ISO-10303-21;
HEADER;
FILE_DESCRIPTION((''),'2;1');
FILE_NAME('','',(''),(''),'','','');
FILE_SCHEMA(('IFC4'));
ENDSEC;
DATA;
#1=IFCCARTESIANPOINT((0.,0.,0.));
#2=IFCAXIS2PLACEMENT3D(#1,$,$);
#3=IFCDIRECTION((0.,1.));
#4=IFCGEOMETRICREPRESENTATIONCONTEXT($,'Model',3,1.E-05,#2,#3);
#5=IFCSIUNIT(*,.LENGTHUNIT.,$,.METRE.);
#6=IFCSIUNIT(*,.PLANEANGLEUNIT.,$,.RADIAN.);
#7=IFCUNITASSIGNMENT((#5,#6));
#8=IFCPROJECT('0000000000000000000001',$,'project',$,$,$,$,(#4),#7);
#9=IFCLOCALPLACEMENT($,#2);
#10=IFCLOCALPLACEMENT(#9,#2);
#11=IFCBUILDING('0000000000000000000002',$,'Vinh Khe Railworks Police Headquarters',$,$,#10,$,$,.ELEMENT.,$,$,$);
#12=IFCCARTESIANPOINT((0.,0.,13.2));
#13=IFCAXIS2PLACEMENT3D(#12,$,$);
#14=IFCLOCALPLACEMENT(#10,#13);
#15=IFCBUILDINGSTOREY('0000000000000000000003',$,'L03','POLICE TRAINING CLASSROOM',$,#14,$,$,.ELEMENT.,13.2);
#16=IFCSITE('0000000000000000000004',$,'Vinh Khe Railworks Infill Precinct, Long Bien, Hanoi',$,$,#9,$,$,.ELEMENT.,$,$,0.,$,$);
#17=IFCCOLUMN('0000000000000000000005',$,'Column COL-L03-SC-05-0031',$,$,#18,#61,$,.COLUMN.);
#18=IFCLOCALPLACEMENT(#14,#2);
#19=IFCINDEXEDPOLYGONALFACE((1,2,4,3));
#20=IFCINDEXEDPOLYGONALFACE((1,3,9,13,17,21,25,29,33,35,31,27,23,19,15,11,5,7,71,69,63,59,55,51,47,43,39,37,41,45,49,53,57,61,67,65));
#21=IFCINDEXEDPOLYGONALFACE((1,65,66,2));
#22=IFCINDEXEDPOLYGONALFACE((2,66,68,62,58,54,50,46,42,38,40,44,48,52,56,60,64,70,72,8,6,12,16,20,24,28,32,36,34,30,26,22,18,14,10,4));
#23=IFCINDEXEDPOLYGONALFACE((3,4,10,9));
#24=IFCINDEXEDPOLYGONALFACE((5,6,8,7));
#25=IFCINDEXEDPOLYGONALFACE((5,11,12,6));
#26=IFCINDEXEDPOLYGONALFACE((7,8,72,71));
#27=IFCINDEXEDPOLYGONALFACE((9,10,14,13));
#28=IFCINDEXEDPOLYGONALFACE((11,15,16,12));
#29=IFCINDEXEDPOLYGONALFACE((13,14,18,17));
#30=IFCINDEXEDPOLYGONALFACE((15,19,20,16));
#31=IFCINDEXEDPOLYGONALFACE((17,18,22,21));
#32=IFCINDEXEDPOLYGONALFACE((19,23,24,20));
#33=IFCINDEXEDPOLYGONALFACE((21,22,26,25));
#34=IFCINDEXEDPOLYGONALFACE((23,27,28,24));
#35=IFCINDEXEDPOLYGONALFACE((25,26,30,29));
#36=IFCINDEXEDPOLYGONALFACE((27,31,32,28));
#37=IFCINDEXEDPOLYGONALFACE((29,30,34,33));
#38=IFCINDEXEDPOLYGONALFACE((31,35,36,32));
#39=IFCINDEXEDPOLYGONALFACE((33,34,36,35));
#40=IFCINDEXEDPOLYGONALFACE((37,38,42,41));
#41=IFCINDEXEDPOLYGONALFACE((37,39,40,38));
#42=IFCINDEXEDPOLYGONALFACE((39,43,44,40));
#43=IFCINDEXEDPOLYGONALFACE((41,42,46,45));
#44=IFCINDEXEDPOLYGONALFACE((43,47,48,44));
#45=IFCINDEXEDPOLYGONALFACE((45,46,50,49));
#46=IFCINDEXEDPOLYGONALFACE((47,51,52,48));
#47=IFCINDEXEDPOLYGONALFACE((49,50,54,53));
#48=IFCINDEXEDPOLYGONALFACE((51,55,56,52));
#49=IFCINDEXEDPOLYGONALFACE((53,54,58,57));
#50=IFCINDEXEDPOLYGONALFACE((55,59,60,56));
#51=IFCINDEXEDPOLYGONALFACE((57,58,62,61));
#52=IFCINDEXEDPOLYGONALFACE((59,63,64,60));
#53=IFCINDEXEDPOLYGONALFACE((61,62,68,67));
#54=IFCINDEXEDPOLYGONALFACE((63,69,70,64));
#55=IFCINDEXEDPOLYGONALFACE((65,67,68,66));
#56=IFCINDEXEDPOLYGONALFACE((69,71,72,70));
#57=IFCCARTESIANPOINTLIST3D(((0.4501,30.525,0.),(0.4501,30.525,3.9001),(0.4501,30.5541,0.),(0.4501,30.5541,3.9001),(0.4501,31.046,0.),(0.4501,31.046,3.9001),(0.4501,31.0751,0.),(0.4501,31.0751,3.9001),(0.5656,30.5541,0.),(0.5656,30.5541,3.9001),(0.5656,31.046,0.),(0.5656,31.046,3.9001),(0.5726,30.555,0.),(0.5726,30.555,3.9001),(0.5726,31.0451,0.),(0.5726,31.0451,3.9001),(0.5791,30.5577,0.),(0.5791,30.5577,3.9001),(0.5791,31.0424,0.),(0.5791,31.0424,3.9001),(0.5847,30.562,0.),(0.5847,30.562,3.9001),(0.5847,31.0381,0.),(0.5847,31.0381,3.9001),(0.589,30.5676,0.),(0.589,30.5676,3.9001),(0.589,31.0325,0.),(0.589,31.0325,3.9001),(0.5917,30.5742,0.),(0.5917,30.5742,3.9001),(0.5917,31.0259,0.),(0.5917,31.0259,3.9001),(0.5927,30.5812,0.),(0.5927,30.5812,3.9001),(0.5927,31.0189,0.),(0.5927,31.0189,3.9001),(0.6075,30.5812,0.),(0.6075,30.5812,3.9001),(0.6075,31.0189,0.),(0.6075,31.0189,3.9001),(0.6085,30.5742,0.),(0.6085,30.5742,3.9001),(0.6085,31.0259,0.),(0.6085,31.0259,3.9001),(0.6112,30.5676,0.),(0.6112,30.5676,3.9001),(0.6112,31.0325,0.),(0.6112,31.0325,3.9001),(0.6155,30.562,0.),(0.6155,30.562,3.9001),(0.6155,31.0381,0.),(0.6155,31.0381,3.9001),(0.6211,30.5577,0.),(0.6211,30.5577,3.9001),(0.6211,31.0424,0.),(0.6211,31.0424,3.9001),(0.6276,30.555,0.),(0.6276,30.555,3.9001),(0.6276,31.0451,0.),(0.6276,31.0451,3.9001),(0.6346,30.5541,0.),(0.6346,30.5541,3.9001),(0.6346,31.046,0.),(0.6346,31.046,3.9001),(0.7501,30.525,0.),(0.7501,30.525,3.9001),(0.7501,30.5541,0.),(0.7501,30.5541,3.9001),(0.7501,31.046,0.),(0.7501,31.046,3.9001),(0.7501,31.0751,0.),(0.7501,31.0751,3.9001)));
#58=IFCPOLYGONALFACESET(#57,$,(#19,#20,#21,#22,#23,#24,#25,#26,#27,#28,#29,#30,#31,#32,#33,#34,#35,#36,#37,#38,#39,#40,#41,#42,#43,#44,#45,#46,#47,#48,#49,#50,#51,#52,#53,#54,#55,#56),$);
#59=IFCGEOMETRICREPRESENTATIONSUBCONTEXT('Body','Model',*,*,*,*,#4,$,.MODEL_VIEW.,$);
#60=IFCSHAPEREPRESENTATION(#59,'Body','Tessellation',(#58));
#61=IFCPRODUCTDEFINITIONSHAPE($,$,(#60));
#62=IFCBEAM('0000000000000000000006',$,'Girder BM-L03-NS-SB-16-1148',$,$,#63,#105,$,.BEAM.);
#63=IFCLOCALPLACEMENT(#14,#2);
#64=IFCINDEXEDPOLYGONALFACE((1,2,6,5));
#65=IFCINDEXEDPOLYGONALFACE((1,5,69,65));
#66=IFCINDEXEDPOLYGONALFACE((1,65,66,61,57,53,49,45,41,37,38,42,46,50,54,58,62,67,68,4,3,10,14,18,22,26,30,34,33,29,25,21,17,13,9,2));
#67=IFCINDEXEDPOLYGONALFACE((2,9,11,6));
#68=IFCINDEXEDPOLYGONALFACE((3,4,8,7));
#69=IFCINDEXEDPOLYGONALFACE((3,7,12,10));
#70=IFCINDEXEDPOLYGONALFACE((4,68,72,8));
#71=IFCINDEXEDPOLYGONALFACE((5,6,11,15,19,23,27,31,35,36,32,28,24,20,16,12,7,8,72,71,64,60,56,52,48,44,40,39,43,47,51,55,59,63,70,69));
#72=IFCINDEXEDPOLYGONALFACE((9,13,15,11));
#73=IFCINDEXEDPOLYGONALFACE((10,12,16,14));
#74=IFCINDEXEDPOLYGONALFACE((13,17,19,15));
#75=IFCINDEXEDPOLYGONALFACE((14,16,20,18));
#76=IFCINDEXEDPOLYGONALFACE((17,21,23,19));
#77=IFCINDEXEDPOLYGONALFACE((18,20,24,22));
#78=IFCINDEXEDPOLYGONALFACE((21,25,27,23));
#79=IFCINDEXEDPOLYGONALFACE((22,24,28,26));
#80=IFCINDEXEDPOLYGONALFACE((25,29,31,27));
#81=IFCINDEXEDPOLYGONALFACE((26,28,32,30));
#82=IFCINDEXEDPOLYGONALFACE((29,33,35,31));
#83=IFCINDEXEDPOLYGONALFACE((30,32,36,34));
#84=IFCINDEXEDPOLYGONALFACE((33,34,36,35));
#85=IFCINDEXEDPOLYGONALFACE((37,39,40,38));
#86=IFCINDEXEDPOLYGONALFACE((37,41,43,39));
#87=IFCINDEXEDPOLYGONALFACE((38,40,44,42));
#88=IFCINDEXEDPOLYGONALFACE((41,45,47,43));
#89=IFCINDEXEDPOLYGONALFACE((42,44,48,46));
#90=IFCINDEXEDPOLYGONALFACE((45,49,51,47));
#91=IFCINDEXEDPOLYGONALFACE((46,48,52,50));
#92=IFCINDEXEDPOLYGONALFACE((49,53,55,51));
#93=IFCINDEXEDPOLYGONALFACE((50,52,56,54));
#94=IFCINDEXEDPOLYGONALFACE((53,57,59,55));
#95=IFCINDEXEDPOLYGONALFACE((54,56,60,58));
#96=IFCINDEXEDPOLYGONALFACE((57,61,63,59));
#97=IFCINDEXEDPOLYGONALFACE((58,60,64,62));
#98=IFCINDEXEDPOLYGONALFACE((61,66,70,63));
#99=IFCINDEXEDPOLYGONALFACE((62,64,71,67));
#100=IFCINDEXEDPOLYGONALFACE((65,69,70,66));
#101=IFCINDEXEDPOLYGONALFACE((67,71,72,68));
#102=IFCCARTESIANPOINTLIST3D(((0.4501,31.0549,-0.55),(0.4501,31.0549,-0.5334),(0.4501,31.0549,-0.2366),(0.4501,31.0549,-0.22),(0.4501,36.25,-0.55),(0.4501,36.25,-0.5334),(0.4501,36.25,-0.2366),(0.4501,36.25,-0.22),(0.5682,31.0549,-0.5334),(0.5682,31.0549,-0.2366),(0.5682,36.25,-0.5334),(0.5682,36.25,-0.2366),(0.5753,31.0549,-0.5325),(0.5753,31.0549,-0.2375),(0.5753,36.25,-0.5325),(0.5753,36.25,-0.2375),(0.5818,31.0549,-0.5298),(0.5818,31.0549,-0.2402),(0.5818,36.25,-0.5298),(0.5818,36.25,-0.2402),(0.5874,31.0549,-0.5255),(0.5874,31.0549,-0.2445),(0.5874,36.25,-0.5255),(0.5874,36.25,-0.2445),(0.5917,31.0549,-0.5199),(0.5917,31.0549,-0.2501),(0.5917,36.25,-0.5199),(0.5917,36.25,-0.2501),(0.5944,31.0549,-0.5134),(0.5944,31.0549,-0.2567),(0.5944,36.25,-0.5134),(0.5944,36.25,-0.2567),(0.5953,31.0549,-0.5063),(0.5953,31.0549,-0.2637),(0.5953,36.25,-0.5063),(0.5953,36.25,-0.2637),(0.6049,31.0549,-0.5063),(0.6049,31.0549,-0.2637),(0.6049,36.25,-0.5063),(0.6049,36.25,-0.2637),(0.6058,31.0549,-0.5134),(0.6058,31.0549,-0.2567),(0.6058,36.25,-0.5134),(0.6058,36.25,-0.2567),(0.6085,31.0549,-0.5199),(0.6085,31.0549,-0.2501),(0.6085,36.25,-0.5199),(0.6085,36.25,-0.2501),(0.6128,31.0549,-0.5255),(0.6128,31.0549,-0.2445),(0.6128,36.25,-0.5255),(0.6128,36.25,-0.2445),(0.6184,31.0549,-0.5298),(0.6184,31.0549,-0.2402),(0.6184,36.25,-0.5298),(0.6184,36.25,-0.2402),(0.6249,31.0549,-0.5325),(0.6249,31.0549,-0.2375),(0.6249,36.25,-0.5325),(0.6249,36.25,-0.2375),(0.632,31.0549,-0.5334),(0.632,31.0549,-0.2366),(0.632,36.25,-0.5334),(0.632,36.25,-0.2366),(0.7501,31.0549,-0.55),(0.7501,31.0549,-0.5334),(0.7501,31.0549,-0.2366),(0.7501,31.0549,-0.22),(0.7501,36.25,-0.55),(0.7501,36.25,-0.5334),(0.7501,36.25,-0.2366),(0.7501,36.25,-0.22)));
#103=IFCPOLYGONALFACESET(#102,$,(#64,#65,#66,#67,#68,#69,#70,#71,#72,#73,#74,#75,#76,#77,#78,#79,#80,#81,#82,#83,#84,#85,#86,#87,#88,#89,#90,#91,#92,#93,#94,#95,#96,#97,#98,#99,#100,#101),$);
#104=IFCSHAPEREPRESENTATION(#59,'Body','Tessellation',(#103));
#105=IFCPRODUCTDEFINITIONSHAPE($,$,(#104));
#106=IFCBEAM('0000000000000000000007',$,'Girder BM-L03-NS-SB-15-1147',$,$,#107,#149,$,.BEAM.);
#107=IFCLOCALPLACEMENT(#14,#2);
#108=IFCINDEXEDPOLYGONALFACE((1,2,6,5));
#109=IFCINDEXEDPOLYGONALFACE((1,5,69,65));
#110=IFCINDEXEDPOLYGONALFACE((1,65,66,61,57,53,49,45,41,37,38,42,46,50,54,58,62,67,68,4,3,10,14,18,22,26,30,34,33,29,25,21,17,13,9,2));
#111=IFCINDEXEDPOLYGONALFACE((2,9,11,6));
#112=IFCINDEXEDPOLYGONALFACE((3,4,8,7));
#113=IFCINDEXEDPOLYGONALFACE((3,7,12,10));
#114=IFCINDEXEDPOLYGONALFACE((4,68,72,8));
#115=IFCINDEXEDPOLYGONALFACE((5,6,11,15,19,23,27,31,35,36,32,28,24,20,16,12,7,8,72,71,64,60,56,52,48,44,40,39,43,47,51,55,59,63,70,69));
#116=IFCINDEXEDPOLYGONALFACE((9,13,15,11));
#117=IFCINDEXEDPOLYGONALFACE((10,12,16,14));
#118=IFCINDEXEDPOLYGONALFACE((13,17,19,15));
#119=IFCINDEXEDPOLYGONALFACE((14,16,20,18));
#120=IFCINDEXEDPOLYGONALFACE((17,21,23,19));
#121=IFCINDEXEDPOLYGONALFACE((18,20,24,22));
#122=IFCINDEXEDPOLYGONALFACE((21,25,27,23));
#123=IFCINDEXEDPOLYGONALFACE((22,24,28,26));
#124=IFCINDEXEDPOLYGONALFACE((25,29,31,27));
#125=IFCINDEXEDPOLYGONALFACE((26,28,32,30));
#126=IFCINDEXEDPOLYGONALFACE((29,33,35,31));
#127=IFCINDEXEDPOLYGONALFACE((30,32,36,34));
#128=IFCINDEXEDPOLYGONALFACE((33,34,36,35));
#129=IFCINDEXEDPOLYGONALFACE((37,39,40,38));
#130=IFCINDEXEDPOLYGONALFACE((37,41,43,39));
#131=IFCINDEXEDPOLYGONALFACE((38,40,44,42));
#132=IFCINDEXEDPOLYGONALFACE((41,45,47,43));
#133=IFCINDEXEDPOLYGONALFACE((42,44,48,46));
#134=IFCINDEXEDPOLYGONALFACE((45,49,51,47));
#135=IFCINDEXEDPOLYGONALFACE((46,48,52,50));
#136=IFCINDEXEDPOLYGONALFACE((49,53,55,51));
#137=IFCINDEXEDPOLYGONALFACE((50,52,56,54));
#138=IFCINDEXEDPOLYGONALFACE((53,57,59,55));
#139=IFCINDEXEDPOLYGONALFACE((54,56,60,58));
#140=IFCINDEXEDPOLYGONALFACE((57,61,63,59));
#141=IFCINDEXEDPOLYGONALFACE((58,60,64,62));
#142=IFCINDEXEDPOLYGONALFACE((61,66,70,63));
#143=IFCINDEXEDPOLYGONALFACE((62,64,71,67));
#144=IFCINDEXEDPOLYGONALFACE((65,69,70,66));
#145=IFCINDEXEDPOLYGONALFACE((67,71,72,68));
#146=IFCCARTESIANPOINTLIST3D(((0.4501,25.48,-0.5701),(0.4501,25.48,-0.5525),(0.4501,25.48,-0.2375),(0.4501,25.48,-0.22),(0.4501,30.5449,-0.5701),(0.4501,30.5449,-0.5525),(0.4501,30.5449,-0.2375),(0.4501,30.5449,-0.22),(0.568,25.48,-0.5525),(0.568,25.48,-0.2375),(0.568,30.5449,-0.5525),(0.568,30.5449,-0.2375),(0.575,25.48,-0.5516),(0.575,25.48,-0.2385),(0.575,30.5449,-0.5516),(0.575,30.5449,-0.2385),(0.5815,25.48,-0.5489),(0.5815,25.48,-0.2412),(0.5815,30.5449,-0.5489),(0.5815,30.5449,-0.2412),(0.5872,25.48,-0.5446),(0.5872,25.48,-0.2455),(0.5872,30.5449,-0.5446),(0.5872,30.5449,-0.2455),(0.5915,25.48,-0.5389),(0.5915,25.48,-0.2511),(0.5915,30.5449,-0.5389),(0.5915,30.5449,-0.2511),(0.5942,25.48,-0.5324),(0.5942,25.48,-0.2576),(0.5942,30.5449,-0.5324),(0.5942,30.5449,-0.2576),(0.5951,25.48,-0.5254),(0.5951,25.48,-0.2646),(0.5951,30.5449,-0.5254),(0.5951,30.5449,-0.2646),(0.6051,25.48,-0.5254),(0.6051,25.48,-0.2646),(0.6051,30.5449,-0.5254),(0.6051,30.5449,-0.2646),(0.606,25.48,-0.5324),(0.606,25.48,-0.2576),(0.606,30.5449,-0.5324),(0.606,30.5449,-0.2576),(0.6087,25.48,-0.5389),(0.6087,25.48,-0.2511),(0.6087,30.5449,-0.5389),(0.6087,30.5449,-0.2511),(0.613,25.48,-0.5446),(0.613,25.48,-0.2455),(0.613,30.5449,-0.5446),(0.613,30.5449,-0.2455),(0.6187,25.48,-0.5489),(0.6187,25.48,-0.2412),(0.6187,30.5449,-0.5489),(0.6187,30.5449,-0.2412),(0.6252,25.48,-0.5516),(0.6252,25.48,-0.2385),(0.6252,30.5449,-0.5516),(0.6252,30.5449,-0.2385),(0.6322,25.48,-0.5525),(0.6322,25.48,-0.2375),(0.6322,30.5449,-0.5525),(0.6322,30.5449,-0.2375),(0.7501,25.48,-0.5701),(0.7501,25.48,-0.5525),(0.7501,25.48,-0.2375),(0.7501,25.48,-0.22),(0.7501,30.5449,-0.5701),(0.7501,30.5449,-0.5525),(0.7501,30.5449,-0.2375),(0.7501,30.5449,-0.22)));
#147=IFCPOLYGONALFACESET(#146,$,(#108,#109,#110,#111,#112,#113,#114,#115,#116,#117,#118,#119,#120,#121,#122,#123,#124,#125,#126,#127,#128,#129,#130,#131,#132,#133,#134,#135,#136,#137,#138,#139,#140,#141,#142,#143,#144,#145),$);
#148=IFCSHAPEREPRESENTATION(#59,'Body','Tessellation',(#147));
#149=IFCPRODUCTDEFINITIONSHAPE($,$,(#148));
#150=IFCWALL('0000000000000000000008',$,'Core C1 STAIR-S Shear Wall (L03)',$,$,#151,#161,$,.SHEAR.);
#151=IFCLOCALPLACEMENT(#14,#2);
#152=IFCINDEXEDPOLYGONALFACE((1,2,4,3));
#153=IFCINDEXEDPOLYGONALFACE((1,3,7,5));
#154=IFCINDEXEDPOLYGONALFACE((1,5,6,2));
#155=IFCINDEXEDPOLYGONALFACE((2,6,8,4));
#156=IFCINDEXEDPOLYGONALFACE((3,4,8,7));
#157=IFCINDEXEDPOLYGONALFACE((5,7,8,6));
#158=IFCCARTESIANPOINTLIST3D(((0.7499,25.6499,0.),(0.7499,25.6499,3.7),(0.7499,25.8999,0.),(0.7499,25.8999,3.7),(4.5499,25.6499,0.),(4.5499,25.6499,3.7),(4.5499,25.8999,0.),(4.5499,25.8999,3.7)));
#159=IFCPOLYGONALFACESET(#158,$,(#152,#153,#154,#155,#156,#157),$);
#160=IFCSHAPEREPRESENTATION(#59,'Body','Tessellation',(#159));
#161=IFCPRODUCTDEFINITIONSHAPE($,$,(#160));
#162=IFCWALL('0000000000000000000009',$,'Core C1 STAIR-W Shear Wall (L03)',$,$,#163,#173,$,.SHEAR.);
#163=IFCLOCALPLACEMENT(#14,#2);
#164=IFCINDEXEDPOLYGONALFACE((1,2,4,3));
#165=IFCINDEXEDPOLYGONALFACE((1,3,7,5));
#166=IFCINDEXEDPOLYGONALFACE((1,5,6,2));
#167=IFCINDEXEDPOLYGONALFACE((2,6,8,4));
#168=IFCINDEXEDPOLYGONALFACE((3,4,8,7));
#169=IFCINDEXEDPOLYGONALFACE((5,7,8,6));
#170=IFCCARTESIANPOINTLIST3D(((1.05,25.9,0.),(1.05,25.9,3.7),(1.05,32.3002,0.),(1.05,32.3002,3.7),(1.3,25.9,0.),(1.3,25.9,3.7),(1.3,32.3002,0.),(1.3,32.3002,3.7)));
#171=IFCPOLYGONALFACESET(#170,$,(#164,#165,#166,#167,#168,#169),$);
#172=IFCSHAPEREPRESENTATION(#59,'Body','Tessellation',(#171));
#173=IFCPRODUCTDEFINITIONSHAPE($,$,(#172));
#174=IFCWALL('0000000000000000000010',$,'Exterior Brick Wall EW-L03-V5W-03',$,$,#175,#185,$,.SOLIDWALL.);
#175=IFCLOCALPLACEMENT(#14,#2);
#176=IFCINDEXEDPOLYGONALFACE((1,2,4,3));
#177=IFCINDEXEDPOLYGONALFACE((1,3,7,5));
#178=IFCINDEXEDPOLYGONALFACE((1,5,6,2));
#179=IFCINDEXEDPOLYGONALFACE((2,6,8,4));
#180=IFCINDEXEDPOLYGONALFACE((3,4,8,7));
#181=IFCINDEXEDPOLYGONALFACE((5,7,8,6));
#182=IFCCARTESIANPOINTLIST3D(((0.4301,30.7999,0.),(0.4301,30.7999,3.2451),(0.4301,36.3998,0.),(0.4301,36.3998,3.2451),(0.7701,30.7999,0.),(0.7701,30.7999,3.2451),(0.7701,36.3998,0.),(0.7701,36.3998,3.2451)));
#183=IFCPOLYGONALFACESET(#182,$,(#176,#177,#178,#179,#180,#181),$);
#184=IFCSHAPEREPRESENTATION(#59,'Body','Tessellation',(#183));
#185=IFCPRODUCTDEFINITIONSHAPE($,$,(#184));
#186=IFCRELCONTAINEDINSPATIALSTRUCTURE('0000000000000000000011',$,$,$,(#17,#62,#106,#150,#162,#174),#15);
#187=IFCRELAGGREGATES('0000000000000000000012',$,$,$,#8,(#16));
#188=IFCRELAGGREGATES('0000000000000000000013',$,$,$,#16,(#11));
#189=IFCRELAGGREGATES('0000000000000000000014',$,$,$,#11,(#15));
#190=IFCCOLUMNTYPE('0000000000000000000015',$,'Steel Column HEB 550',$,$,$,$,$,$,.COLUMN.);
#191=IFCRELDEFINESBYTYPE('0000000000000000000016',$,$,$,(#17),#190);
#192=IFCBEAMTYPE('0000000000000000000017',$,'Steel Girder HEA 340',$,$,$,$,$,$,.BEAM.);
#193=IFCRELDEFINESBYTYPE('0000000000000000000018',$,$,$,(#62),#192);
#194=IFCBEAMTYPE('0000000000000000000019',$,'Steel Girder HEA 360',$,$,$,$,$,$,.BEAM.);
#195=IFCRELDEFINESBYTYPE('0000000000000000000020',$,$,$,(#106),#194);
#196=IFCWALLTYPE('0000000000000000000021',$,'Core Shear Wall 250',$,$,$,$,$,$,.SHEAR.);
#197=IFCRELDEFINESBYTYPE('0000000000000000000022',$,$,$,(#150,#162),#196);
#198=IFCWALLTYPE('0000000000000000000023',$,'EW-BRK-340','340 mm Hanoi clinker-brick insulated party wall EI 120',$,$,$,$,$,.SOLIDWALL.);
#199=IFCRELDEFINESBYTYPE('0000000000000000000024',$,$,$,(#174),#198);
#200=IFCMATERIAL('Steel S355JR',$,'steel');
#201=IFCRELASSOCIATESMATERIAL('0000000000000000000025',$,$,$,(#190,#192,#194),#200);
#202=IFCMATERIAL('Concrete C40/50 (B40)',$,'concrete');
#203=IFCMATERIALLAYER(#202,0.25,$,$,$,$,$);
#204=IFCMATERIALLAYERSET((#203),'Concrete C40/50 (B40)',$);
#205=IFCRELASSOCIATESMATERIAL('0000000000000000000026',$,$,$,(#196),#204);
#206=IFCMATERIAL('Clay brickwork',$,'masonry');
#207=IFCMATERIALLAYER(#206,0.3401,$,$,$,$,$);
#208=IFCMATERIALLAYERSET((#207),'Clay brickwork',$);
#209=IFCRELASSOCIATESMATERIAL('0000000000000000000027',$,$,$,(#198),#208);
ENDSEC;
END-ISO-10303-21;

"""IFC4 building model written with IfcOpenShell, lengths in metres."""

from ifc_helpers import new_model, si_unit, direction, frame, frame_2d, origin, origin_2d, place, context, subcontext, project, spatial, rectangle, i_section, extrude, material, layer, layer_set, material_profile, profile_set, type_object, element, save


model = new_model("IFC4")

# Units and contexts
model_context = context("Model", 3, precision=1e-05, world=origin(), true_north=direction((0.0, 1.0)))
body_context = subcontext(model_context, "Body", "Model", "MODEL_VIEW")
ifc_project = project(units=[si_unit("LENGTHUNIT", "METRE"), si_unit("PLANEANGLEUNIT", "RADIAN")], contexts=[model_context])

# Site, building, storey
site_placement = place(None, origin())
site = spatial("IfcSite", under=ifc_project, at=site_placement, Name="Vinh Khe Railworks Infill Precinct, Long Bien, Hanoi", CompositionType="ELEMENT", RefElevation=0.0)
building_placement = place(site_placement, origin())
building = spatial("IfcBuilding", under=site, at=building_placement, Name="Vinh Khe Railworks Police Headquarters", CompositionType="ELEMENT")
storey_placement = place(building_placement, frame((0.0, 0.0, 13.2)))
storey = spatial("IfcBuildingStorey", under=building, at=storey_placement, Name="L03", Description="POLICE TRAINING CLASSROOM", CompositionType="ELEMENT", Elevation=13.2)

# Column
ifc_material_1 = material(Name="Steel S355JR", Category="steel")
ifc_material_profile_1 = material_profile(ifc_material_1, i_section(OverallWidth=0.3, OverallDepth=0.55, WebThickness=0.0149, FlangeThickness=0.0291, FilletRadius=0.0271, at=origin_2d()), Name="HEB 550")
ifc_profile_set_1 = profile_set([ifc_material_profile_1], Name="Steel S355JR")
column_type = type_object("IfcColumnType", Name="Steel Column HEB 550", PredefinedType="COLUMN", material=ifc_profile_set_1)
column_placement = place(storey_placement, frame((0.6001, 30.8, 0.0), z_axis=(0.0, 0.0, 1.0), x_axis=(1.0, 0.0, 0.0)))
element("IfcColumn", 1, at=column_placement, inside=storey, type_object=column_type, Name="Column COL-L03-SC-05-0031", PredefinedType="COLUMN", context=body_context, shape_type="SweptSolid", body=[
    extrude(i_section(OverallWidth=0.3, OverallDepth=0.55, WebThickness=0.0149, FlangeThickness=0.0291, FilletRadius=0.0271, at=origin_2d()), origin(), (0.0, 0.0, 1.0), 3.9001),
])

# Beams
ifc_material_profile_2 = material_profile(ifc_material_1, i_section(OverallWidth=0.3, OverallDepth=0.3301, WebThickness=0.0095, FlangeThickness=0.0166, FilletRadius=0.0271, at=origin_2d()), Name="HEA 340")
ifc_profile_set_2 = profile_set([ifc_material_profile_2], Name="Steel S355JR")
beam_type_1 = type_object("IfcBeamType", Name="Steel Girder HEA 340", PredefinedType="BEAM", material=ifc_profile_set_2)
beam_1_placement = place(storey_placement, frame((0.6001, 31.0549, -0.385), z_axis=(0.0, 1.0, 0.0), x_axis=(-1.0, 0.0, 0.0)))
element("IfcBeam", 2, at=beam_1_placement, inside=storey, type_object=beam_type_1, Name="Girder BM-L03-NS-SB-16-1148", PredefinedType="BEAM", context=body_context, shape_type="SweptSolid", body=[
    extrude(i_section(OverallWidth=0.3, OverallDepth=0.3301, WebThickness=0.0095, FlangeThickness=0.0166, FilletRadius=0.0271, at=origin_2d()), origin(), (0.0, 0.0, 1.0), 5.1951),
])
ifc_material_profile_3 = material_profile(ifc_material_1, i_section(OverallWidth=0.3, OverallDepth=0.3501, WebThickness=0.01, FlangeThickness=0.0176, FilletRadius=0.0271, at=origin_2d()), Name="HEA 360")
ifc_profile_set_3 = profile_set([ifc_material_profile_3], Name="Steel S355JR")
beam_type_2 = type_object("IfcBeamType", Name="Steel Girder HEA 360", PredefinedType="BEAM", material=ifc_profile_set_3)
beam_2_placement = place(storey_placement, frame((0.6001, 25.48, -0.395), z_axis=(0.0, 1.0, 0.0), x_axis=(-1.0, 0.0, 0.0)))
element("IfcBeam", 3, at=beam_2_placement, inside=storey, type_object=beam_type_2, Name="Girder BM-L03-NS-SB-15-1147", PredefinedType="BEAM", context=body_context, shape_type="SweptSolid", body=[
    extrude(i_section(OverallWidth=0.3, OverallDepth=0.3501, WebThickness=0.01, FlangeThickness=0.0176, FilletRadius=0.0271, at=origin_2d()), origin(), (0.0, 0.0, 1.0), 5.0649),
])

# Walls
ifc_material_2 = material(Name="Concrete C40/50 (B40)", Category="concrete")
ifc_layer_1 = layer(ifc_material_2, 0.25)
ifc_layer_set_1 = layer_set([ifc_layer_1], Name="Concrete C40/50 (B40)")
wall_type_1 = type_object("IfcWallType", Name="Core Shear Wall 250", PredefinedType="SHEAR", material=ifc_layer_set_1)
wall_1_placement = place(storey_placement, frame((0.75, 25.7749, 0.0), z_axis=(0.0, 0.0, 1.0), x_axis=(1.0, 0.0, 0.0)))
element("IfcWall", 4, at=wall_1_placement, inside=storey, type_object=wall_type_1, Name="Core C1 STAIR-S Shear Wall (L03)", PredefinedType="SHEAR", context=body_context, shape_type="SweptSolid", body=[
    extrude(rectangle(XDim=3.8, YDim=0.25, at=frame_2d((1.8999, 0.0))), origin(), (0.0, 0.0, 1.0), 3.7),
])
wall_2_placement = place(storey_placement, frame((1.175, 25.8999, 0.0), z_axis=(0.0, 0.0, 1.0), x_axis=(0.0, 1.0, 0.0)))
element("IfcWall", 5, at=wall_2_placement, inside=storey, type_object=wall_type_1, Name="Core C1 STAIR-W Shear Wall (L03)", PredefinedType="SHEAR", context=body_context, shape_type="SweptSolid", body=[
    extrude(rectangle(XDim=6.4001, YDim=0.25, at=frame_2d((3.2002, 0.0))), origin(), (0.0, 0.0, 1.0), 3.7),
])

# Wall
ifc_material_3 = material(Name="Clay brickwork", Category="masonry")
ifc_layer_2 = layer(ifc_material_3, 0.3401)
ifc_layer_set_2 = layer_set([ifc_layer_2], Name="Clay brickwork")
wall_type_2 = type_object("IfcWallType", Name="EW-BRK-340", Description="340 mm Hanoi clinker-brick insulated party wall EI 120", PredefinedType="SOLIDWALL", material=ifc_layer_set_2)
wall_3_placement = place(storey_placement, frame((0.6001, 30.8, 0.0), z_axis=(0.0, 0.0, 1.0), x_axis=(0.0, 1.0, 0.0)))
element("IfcWall", 6, at=wall_3_placement, inside=storey, type_object=wall_type_2, Name="Exterior Brick Wall EW-L03-V5W-03", PredefinedType="SOLIDWALL", context=body_context, shape_type="SweptSolid", body=[
    extrude(rectangle(XDim=5.5999, YDim=0.3401, at=frame_2d((2.7998, 0.0))), origin(), (0.0, 0.0, 1.0), 3.2451),
])

save(model, "model.ifc")
